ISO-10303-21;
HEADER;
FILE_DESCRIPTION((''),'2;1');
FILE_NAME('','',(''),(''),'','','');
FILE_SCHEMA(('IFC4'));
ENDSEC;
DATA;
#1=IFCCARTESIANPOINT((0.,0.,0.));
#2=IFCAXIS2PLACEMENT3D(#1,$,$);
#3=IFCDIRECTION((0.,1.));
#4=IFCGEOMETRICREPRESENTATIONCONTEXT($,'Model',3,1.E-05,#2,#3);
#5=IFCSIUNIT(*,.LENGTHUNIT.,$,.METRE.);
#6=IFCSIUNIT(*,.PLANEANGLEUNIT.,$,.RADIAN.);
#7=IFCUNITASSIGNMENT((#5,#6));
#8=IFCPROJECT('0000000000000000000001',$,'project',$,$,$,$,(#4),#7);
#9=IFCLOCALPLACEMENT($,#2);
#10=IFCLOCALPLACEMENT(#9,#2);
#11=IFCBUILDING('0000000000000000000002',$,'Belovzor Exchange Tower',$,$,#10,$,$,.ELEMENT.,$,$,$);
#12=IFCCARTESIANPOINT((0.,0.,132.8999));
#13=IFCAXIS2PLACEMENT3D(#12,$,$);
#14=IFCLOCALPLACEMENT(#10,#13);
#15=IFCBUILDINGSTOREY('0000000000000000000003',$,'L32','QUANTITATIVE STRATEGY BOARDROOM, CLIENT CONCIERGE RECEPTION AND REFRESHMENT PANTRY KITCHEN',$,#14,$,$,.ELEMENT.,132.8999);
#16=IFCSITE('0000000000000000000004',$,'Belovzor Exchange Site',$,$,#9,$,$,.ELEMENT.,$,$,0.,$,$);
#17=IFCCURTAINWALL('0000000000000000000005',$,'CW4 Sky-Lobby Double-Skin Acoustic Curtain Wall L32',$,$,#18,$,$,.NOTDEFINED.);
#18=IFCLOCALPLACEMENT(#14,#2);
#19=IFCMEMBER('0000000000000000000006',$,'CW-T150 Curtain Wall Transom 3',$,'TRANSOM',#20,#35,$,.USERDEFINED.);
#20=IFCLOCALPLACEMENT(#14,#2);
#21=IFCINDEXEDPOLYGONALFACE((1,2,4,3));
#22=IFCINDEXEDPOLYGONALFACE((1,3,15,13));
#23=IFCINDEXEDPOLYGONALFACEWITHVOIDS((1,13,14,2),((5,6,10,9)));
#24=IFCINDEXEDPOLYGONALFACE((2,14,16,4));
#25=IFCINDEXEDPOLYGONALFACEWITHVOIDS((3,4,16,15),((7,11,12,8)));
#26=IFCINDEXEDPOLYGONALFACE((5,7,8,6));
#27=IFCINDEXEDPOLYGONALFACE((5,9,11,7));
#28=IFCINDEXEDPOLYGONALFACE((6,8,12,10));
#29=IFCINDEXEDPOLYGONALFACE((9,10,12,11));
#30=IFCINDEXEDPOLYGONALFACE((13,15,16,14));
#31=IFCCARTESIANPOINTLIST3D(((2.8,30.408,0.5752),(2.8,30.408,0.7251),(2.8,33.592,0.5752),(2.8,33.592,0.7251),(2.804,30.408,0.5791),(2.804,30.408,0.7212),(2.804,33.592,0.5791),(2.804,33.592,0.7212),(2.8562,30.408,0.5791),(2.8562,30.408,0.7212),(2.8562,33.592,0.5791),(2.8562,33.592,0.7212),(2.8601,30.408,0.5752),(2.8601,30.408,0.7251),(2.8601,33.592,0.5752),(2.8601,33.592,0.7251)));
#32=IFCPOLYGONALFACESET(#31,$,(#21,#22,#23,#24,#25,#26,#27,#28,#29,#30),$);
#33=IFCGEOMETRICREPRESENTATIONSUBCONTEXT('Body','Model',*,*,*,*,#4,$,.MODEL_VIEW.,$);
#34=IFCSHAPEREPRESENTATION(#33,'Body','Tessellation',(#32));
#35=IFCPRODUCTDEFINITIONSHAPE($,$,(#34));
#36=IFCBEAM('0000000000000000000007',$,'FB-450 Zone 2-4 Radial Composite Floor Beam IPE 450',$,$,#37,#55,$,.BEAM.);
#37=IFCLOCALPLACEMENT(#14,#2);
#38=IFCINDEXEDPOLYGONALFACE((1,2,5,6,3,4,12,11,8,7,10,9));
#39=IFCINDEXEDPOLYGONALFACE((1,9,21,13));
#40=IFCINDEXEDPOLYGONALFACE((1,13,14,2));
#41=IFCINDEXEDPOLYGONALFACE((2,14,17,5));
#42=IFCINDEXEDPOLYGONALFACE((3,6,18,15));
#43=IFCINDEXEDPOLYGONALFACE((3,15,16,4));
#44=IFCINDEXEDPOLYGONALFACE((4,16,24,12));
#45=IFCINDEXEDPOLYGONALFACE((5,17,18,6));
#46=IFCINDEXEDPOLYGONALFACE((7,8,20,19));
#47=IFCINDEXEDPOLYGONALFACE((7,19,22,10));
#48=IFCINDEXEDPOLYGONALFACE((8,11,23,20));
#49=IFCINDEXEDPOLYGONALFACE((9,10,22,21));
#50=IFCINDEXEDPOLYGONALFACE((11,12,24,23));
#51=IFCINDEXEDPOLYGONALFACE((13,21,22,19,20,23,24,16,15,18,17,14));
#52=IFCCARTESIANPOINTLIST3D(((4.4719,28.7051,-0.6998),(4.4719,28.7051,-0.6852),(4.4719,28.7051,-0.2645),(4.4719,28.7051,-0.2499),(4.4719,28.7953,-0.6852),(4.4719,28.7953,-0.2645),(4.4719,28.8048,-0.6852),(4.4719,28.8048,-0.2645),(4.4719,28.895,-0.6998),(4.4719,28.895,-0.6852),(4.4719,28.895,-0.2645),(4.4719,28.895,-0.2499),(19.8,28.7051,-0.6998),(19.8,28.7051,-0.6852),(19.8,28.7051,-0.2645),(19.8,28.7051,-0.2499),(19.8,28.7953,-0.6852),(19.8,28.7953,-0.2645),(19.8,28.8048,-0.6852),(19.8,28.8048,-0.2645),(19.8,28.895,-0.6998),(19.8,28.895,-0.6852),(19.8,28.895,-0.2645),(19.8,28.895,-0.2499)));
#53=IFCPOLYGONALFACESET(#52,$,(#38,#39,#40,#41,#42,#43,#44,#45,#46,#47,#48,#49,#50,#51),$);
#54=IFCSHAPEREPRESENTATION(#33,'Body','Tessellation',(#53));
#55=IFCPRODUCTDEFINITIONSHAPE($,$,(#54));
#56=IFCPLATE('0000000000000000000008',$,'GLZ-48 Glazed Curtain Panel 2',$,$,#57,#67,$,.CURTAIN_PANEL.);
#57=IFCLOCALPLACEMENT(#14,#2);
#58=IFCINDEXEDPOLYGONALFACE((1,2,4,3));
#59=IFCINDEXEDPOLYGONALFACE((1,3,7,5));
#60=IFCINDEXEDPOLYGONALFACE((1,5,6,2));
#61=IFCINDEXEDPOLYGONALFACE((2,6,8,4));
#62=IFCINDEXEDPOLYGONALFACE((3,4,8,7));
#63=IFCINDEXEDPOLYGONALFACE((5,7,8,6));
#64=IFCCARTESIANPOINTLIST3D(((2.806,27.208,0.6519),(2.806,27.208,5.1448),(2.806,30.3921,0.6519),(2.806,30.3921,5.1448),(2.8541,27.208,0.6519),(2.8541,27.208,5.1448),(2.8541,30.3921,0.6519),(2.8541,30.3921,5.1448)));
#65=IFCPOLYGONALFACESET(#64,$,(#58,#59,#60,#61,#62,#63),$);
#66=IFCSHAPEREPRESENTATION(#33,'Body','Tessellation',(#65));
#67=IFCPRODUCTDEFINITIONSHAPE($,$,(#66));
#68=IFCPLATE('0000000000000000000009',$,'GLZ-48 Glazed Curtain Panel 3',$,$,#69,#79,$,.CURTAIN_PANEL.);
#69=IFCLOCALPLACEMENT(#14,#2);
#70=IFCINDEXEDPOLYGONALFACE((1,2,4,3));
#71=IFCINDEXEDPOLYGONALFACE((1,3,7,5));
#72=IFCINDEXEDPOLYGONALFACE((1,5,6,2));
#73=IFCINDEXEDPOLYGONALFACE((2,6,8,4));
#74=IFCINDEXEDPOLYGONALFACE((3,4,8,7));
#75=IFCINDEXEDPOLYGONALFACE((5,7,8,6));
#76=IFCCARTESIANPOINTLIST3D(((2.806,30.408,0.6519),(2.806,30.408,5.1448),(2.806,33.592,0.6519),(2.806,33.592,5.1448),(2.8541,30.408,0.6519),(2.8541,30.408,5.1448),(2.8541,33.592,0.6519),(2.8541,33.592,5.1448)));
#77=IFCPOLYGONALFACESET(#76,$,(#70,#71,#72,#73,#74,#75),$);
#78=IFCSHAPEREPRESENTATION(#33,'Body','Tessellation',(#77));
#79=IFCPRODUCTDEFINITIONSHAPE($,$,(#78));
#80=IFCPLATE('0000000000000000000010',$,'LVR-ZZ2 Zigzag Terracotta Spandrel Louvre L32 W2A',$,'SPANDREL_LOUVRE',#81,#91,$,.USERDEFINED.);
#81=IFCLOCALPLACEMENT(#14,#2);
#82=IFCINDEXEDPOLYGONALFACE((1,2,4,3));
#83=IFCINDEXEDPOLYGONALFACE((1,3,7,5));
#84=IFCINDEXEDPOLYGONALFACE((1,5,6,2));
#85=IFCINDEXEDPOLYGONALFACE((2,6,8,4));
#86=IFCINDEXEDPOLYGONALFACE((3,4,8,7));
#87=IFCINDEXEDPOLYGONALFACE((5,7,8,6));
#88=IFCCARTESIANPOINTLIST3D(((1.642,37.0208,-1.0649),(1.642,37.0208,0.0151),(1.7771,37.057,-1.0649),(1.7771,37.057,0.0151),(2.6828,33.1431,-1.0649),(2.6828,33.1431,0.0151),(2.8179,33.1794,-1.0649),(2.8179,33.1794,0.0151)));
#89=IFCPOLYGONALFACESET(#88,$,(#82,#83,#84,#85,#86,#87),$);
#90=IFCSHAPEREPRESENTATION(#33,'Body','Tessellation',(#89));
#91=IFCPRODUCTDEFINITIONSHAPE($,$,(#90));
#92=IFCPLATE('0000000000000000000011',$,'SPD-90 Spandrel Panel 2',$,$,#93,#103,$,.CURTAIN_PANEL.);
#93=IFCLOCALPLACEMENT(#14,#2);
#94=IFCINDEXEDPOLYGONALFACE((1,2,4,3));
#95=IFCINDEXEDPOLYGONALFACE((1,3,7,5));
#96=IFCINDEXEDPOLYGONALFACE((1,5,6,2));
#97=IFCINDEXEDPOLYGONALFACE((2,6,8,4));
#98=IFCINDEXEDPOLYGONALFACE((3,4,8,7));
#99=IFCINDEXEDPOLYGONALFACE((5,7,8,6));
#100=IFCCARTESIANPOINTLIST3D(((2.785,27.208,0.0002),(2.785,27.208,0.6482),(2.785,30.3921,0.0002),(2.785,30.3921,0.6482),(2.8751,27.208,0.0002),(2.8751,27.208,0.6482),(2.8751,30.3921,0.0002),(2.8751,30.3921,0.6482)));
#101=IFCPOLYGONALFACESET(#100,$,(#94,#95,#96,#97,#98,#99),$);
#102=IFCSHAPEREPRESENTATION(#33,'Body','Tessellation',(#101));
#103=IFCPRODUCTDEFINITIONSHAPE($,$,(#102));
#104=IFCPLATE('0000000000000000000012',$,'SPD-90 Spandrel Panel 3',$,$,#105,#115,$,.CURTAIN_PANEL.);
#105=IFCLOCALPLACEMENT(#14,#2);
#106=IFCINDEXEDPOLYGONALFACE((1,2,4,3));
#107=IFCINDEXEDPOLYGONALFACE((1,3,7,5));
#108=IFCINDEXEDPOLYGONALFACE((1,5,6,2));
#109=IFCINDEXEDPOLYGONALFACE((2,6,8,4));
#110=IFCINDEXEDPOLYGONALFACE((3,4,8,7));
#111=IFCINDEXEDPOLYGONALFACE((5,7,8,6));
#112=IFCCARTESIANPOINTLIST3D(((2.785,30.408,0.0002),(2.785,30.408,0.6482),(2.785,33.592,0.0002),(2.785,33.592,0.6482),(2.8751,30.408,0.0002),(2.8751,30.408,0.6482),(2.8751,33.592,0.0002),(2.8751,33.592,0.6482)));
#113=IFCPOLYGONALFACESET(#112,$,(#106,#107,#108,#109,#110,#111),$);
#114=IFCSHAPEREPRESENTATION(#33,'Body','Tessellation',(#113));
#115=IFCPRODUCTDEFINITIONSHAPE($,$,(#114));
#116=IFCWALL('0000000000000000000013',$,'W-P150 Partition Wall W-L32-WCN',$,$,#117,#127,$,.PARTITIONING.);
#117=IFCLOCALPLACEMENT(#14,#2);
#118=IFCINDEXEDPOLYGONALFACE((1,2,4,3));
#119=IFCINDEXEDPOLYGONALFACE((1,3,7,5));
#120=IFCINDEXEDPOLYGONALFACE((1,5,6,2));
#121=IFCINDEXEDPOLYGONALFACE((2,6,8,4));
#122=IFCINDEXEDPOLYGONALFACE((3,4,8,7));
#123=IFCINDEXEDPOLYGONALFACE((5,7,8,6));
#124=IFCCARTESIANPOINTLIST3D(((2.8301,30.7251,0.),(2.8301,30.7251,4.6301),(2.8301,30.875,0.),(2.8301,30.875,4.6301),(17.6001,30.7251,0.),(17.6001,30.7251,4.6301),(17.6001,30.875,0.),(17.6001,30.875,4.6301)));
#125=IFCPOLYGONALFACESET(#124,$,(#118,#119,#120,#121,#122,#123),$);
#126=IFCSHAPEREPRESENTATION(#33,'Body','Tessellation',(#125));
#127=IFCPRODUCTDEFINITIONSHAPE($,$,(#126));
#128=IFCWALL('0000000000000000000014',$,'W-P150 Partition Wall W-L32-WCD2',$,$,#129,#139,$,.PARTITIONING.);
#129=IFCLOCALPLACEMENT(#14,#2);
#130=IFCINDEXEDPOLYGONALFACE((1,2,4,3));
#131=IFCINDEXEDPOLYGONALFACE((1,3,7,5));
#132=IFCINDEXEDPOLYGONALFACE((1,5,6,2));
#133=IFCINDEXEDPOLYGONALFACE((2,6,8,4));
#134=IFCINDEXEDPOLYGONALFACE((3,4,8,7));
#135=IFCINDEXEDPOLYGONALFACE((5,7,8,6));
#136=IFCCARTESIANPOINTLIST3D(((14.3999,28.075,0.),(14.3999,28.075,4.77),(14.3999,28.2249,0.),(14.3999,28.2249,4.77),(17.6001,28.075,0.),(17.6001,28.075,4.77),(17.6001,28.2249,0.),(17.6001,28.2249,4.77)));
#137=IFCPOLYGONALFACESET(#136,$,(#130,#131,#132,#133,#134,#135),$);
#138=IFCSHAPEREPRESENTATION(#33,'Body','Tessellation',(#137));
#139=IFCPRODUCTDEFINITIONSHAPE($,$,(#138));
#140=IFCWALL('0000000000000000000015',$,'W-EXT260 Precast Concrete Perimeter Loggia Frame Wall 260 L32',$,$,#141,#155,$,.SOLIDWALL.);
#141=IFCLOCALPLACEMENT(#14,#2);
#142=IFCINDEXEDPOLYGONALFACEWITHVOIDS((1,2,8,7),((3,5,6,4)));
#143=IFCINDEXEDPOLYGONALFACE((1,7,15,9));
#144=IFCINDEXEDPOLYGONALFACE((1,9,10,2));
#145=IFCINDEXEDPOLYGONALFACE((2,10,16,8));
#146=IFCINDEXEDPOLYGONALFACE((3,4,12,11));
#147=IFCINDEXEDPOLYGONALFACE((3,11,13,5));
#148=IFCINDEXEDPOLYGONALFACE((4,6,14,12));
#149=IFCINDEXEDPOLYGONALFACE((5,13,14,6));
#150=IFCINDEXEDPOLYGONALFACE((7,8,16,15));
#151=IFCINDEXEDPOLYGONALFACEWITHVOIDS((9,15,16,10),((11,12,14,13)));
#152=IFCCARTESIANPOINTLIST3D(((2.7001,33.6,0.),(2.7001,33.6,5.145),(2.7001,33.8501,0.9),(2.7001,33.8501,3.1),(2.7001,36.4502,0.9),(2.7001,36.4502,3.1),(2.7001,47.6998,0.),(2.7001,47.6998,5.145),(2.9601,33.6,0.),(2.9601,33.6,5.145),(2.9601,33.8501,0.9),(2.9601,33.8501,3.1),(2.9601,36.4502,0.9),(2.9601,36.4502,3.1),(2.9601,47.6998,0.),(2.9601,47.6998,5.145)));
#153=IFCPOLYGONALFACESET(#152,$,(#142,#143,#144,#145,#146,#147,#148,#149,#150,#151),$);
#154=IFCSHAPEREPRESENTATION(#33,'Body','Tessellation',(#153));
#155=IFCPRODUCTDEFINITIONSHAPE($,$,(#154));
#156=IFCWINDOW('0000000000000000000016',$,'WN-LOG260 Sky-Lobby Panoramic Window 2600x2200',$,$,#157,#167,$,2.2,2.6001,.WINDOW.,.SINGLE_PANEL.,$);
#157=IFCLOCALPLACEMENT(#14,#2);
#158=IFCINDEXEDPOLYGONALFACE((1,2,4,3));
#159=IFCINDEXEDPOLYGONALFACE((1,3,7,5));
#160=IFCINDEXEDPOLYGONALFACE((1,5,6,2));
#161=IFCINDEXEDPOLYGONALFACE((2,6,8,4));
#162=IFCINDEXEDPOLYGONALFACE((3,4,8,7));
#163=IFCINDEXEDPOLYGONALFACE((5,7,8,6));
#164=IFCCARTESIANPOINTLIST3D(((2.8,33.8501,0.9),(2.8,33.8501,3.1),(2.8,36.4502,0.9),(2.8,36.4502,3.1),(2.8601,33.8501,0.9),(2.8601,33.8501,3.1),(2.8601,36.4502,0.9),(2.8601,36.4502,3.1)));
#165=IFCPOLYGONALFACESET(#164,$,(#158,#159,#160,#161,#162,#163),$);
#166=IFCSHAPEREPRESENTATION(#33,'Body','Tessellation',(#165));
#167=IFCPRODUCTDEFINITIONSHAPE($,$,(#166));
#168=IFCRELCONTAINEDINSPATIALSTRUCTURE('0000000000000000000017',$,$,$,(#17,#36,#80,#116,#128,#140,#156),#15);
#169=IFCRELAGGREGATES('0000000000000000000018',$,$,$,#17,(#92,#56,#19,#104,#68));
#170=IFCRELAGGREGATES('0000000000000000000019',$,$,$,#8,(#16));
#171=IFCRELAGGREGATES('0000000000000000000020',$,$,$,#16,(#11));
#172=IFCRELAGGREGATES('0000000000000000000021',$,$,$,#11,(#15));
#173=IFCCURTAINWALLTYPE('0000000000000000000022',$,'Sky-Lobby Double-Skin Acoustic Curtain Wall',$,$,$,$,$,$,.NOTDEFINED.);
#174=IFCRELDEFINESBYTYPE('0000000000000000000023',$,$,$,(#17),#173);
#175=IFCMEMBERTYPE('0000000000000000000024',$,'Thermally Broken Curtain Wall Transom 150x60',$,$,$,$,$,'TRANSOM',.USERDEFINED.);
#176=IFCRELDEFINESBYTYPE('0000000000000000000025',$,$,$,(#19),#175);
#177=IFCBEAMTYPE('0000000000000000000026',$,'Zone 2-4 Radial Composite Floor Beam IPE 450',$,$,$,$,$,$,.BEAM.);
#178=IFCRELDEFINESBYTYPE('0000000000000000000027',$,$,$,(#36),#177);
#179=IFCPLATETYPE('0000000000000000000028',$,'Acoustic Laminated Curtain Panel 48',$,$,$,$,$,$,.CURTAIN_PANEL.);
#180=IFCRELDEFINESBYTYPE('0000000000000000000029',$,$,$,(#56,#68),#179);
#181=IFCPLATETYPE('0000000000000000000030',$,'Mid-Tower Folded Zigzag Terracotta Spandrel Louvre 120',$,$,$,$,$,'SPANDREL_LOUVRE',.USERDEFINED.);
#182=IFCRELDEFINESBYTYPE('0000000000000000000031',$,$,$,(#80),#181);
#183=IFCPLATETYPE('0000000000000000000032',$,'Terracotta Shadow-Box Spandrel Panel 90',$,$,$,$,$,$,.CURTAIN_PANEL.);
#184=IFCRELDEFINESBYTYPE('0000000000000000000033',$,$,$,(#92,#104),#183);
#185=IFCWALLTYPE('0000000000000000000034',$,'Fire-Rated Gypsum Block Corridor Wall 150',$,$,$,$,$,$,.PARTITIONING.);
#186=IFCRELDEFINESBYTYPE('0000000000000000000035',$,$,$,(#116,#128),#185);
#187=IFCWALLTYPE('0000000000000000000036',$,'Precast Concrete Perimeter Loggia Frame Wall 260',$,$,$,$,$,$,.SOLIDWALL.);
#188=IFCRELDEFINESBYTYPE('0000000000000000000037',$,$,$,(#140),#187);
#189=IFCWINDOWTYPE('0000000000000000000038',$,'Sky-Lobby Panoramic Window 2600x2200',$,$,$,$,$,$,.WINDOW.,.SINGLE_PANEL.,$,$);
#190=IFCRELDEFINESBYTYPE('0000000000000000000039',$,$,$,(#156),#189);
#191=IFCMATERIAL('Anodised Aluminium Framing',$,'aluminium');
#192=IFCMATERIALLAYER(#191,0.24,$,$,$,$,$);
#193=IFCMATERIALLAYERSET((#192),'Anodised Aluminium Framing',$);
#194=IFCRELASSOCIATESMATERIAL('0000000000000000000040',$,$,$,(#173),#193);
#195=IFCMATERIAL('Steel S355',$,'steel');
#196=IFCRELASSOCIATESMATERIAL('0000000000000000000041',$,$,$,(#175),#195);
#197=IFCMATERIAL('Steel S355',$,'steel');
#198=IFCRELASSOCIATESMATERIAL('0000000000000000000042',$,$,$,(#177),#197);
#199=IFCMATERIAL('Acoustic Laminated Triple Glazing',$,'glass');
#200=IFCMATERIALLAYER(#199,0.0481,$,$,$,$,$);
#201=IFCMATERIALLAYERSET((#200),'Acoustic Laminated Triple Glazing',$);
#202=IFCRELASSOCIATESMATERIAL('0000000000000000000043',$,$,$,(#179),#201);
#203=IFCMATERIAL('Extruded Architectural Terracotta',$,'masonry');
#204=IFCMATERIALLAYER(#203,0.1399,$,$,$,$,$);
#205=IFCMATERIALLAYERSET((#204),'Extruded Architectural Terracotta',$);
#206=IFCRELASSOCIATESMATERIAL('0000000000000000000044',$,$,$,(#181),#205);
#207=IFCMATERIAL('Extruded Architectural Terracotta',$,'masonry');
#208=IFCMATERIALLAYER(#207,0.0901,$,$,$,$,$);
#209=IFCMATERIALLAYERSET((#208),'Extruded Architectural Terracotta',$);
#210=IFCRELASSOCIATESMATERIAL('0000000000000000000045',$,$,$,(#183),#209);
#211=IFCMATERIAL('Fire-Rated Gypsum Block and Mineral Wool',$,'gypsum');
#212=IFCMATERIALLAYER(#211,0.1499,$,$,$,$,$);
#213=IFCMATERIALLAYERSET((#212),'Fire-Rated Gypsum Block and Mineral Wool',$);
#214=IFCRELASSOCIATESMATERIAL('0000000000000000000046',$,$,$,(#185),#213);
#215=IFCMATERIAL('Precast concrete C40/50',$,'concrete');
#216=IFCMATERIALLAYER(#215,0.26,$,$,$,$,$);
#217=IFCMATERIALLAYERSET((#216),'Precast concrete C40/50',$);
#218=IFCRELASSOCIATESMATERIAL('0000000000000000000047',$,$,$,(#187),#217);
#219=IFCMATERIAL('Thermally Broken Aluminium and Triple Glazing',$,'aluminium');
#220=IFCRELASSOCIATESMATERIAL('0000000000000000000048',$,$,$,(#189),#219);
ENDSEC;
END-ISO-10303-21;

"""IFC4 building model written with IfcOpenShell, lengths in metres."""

from ifc_helpers import new_model, si_unit, direction, frame, frame_2d, origin, origin_2d, place, context, subcontext, project, spatial, rectangle, hollow_rectangle, i_section, extrude, material, layer, layer_set, material_profile, profile_set, type_object, element, fill, aggregate, save


model = new_model("IFC4")

# Units and contexts
model_context = context("Model", 3, precision=1e-05, world=origin(), true_north=direction((0.0, 1.0)))
body_context = subcontext(model_context, "Body", "Model", "MODEL_VIEW")
ifc_project = project(units=[si_unit("LENGTHUNIT", "METRE"), si_unit("PLANEANGLEUNIT", "RADIAN")], contexts=[model_context])

# Site, building, storey
site_placement = place(None, origin())
site = spatial("IfcSite", under=ifc_project, at=site_placement, Name="Belovzor Exchange Site", CompositionType="ELEMENT", RefElevation=0.0)
building_placement = place(site_placement, origin())
building = spatial("IfcBuilding", under=site, at=building_placement, Name="Belovzor Exchange Tower", CompositionType="ELEMENT")
storey_placement = place(building_placement, frame((0.0, 0.0, 132.8999)))
storey = spatial("IfcBuildingStorey", under=building, at=storey_placement, Name="L32", Description="QUANTITATIVE STRATEGY BOARDROOM, CLIENT CONCIERGE RECEPTION AND REFRESHMENT PANTRY KITCHEN", CompositionType="ELEMENT", Elevation=132.8999)

# Curtain wall, member
ifc_material_1 = material(Name="Anodised Aluminium Framing", Category="aluminium")
ifc_layer_1 = layer(ifc_material_1, 0.24)
ifc_layer_set_1 = layer_set([ifc_layer_1], Name="Anodised Aluminium Framing")
curtain_wall_type = type_object("IfcCurtainWallType", Name="Sky-Lobby Double-Skin Acoustic Curtain Wall", PredefinedType="NOTDEFINED", material=ifc_layer_set_1)
curtain_wall_placement = place(storey_placement, origin())
curtain_wall = element("IfcCurtainWall", 1, at=curtain_wall_placement, inside=storey, type_object=curtain_wall_type, Name="CW4 Sky-Lobby Double-Skin Acoustic Curtain Wall L32", PredefinedType="NOTDEFINED")
ifc_material_2 = material(Name="Steel S355", Category="steel")
ifc_material_profile_1 = material_profile(ifc_material_2, hollow_rectangle(XDim=0.0601, YDim=0.1499, WallThickness=0.0039, at=origin_2d()))
ifc_profile_set_1 = profile_set([ifc_material_profile_1], Name="Steel S355")
member_type_1 = type_object("IfcMemberType", Name="Thermally Broken Curtain Wall Transom 150x60", ElementType="TRANSOM", PredefinedType="USERDEFINED", material=ifc_profile_set_1)
member_1_placement = place(storey_placement, frame((2.8301, 30.408, 0.6501), z_axis=(0.0, 1.0, 0.0), x_axis=(-1.0, 0.0, 0.0)))
member_1 = element("IfcMember", 2, at=member_1_placement, type_object=member_type_1, Name="CW-T150 Curtain Wall Transom 3", ObjectType="TRANSOM", PredefinedType="USERDEFINED", context=body_context, shape_type="SweptSolid", body=[
    extrude(hollow_rectangle(XDim=0.0601, YDim=0.1499, WallThickness=0.0039, at=origin_2d()), origin(), (0.0, 0.0, 1.0), 3.1841),
])

# Beam
ifc_material_3 = material(Name="Steel S355", Category="steel")
ifc_material_profile_2 = material_profile(ifc_material_3, i_section(OverallWidth=0.1899, OverallDepth=0.45, WebThickness=0.0095, FlangeThickness=0.0146, at=origin_2d()))
ifc_profile_set_2 = profile_set([ifc_material_profile_2], Name="Steel S355")
beam_type_1 = type_object("IfcBeamType", Name="Zone 2-4 Radial Composite Floor Beam IPE 450", PredefinedType="BEAM", material=ifc_profile_set_2)
beam_1_placement = place(storey_placement, frame((19.8, 28.8, -0.4749), z_axis=(-1.0, 0.0, 0.0), x_axis=(0.0, -1.0, 0.0)))
element("IfcBeam", 3, at=beam_1_placement, inside=storey, type_object=beam_type_1, Name="FB-450 Zone 2-4 Radial Composite Floor Beam IPE 450", PredefinedType="BEAM", context=body_context, shape_type="SweptSolid", body=[
    extrude(i_section(OverallWidth=0.1899, OverallDepth=0.45, WebThickness=0.0095, FlangeThickness=0.0146, at=origin_2d()), origin(), (0.0, 0.0, 1.0), 15.3281),
])

# Plates
ifc_material_4 = material(Name="Acoustic Laminated Triple Glazing", Category="glass")
ifc_layer_2 = layer(ifc_material_4, 0.0481)
ifc_layer_set_2 = layer_set([ifc_layer_2], Name="Acoustic Laminated Triple Glazing")
plate_type_1 = type_object("IfcPlateType", Name="Acoustic Laminated Curtain Panel 48", PredefinedType="CURTAIN_PANEL", material=ifc_layer_set_2)
plate_1_placement = place(storey_placement, frame((2.8301, 28.8, 0.6519), z_axis=(0.0, 0.0, 1.0), x_axis=(0.0, 1.0, 0.0)))
plate_1 = element("IfcPlate", 4, at=plate_1_placement, type_object=plate_type_1, Name="GLZ-48 Glazed Curtain Panel 2", PredefinedType="CURTAIN_PANEL", context=body_context, shape_type="SweptSolid", body=[
    extrude(rectangle(XDim=3.1841, YDim=0.0481, at=origin_2d()), origin(), (0.0, 0.0, 1.0), 4.4929),
])
plate_2_placement = place(storey_placement, frame((2.8301, 32.0, 0.6519), z_axis=(0.0, 0.0, 1.0), x_axis=(0.0, 1.0, 0.0)))
plate_2 = element("IfcPlate", 5, at=plate_2_placement, type_object=plate_type_1, Name="GLZ-48 Glazed Curtain Panel 3", PredefinedType="CURTAIN_PANEL", context=body_context, shape_type="SweptSolid", body=[
    extrude(rectangle(XDim=3.1841, YDim=0.0481, at=origin_2d()), origin(), (0.0, 0.0, 1.0), 4.4929),
])
ifc_material_5 = material(Name="Extruded Architectural Terracotta", Category="masonry")
ifc_layer_3 = layer(ifc_material_5, 0.1399)
ifc_layer_set_3 = layer_set([ifc_layer_3], Name="Extruded Architectural Terracotta")
plate_type_2 = type_object("IfcPlateType", Name="Mid-Tower Folded Zigzag Terracotta Spandrel Louvre 120", ElementType="SPANDREL_LOUVRE", PredefinedType="USERDEFINED", material=ifc_layer_set_3)
plate_3_placement = place(storey_placement, frame((2.23, 35.1001, -1.0649), z_axis=(0.0, 0.0, 1.0), x_axis=(-0.25924, 0.965813, 0.0)))
element("IfcPlate", 6, at=plate_3_placement, inside=storey, type_object=plate_type_2, Name="LVR-ZZ2 Zigzag Terracotta Spandrel Louvre L32 W2A", ObjectType="SPANDREL_LOUVRE", PredefinedType="USERDEFINED", context=body_context, shape_type="SweptSolid", body=[
    extrude(rectangle(XDim=4.0149, YDim=0.1399, at=origin_2d()), origin(), (0.0, 0.0, 1.0), 1.0801),
])
ifc_material_6 = material(Name="Extruded Architectural Terracotta", Category="masonry")
ifc_layer_4 = layer(ifc_material_6, 0.0901)
ifc_layer_set_4 = layer_set([ifc_layer_4], Name="Extruded Architectural Terracotta")
plate_type_3 = type_object("IfcPlateType", Name="Terracotta Shadow-Box Spandrel Panel 90", PredefinedType="CURTAIN_PANEL", material=ifc_layer_set_4)
plate_4_placement = place(storey_placement, frame((2.8301, 28.8, 0.0002), z_axis=(0.0, 0.0, 1.0), x_axis=(0.0, 1.0, 0.0)))
plate_4 = element("IfcPlate", 7, at=plate_4_placement, type_object=plate_type_3, Name="SPD-90 Spandrel Panel 2", PredefinedType="CURTAIN_PANEL", context=body_context, shape_type="SweptSolid", body=[
    extrude(rectangle(XDim=3.1841, YDim=0.0901, at=origin_2d()), origin(), (0.0, 0.0, 1.0), 0.6479),
])
plate_5_placement = place(storey_placement, frame((2.8301, 32.0, 0.0002), z_axis=(0.0, 0.0, 1.0), x_axis=(0.0, 1.0, 0.0)))
plate_5 = element("IfcPlate", 8, at=plate_5_placement, type_object=plate_type_3, Name="SPD-90 Spandrel Panel 3", PredefinedType="CURTAIN_PANEL", context=body_context, shape_type="SweptSolid", body=[
    extrude(rectangle(XDim=3.1841, YDim=0.0901, at=origin_2d()), origin(), (0.0, 0.0, 1.0), 0.6479),
])
aggregate(curtain_wall, [plate_4, plate_1, member_1, plate_5, plate_2])

# Walls
ifc_material_7 = material(Name="Fire-Rated Gypsum Block and Mineral Wool", Category="gypsum")
ifc_layer_5 = layer(ifc_material_7, 0.1499)
ifc_layer_set_5 = layer_set([ifc_layer_5], Name="Fire-Rated Gypsum Block and Mineral Wool")
wall_type_1 = type_object("IfcWallType", Name="Fire-Rated Gypsum Block Corridor Wall 150", PredefinedType="PARTITIONING", material=ifc_layer_set_5)
wall_1_placement = place(storey_placement, frame((2.8301, 30.8, 0.0), z_axis=(0.0, 0.0, 1.0), x_axis=(1.0, 0.0, 0.0)))
element("IfcWall", 9, at=wall_1_placement, inside=storey, type_object=wall_type_1, Name="W-P150 Partition Wall W-L32-WCN", PredefinedType="PARTITIONING", context=body_context, shape_type="SweptSolid", body=[
    extrude(rectangle(XDim=14.77, YDim=0.1499, at=frame_2d((7.385, 0.0))), origin(), (0.0, 0.0, 1.0), 4.6301),
])
wall_2_placement = place(storey_placement, frame((14.3999, 28.1499, 0.0), z_axis=(0.0, 0.0, 1.0), x_axis=(1.0, 0.0, 0.0)))
element("IfcWall", 10, at=wall_2_placement, inside=storey, type_object=wall_type_1, Name="W-P150 Partition Wall W-L32-WCD2", PredefinedType="PARTITIONING", context=body_context, shape_type="SweptSolid", body=[
    extrude(rectangle(XDim=3.2002, YDim=0.1499, at=frame_2d((1.6001, 0.0))), origin(), (0.0, 0.0, 1.0), 4.77),
])

# Wall, opening, window
ifc_material_8 = material(Name="Precast concrete C40/50", Category="concrete")
ifc_layer_6 = layer(ifc_material_8, 0.26)
ifc_layer_set_6 = layer_set([ifc_layer_6], Name="Precast concrete C40/50")
wall_type_2 = type_object("IfcWallType", Name="Precast Concrete Perimeter Loggia Frame Wall 260", PredefinedType="SOLIDWALL", material=ifc_layer_set_6)
wall_3_placement = place(storey_placement, frame((2.8301, 33.6001, 0.0), z_axis=(0.0, 0.0, 1.0), x_axis=(0.0, 1.0, 0.0)))
wall_3 = element("IfcWall", 11, at=wall_3_placement, inside=storey, type_object=wall_type_2, Name="W-EXT260 Precast Concrete Perimeter Loggia Frame Wall 260 L32", PredefinedType="SOLIDWALL", context=body_context, shape_type="SweptSolid", body=[
    extrude(rectangle(XDim=14.0999, YDim=0.26, at=frame_2d((7.0498, 0.0))), origin(), (0.0, 0.0, 1.0), 5.145),
])
opening_placement = place(wall_3_placement, frame((0.25, 0.0, 0.8999)))
opening = element("IfcOpeningElement", 12, at=opening_placement, cuts=wall_3, PredefinedType="OPENING", context=body_context, shape_type="SweptSolid", body=[
    extrude(rectangle(XDim=2.6001, YDim=2.2, at=frame_2d((1.3, 1.1001))), frame((0.0, 0.1399, 0.0), z_axis=(0.0, -1.0, 0.0), x_axis=(1.0, 0.0, 0.0)), (0.0, 0.0, 1.0), 0.28),
])
ifc_material_9 = material(Name="Thermally Broken Aluminium and Triple Glazing", Category="aluminium")
window_type = type_object("IfcWindowType", Name="Sky-Lobby Panoramic Window 2600x2200", PartitioningType="SINGLE_PANEL", PredefinedType="WINDOW", material=ifc_material_9)
window_placement = place(opening_placement, origin())
window = element("IfcWindow", 13, at=window_placement, inside=storey, type_object=window_type, Name="WN-LOG260 Sky-Lobby Panoramic Window 2600x2200", OverallHeight=2.2, OverallWidth=2.6001, PartitioningType="SINGLE_PANEL", PredefinedType="WINDOW", context=body_context, shape_type="SweptSolid", body=[
    extrude(rectangle(XDim=2.6001, YDim=2.2, at=frame_2d((1.3, 1.1001))), frame((0.0, 0.03, 0.0), z_axis=(0.0, -1.0, 0.0), x_axis=(1.0, 0.0, 0.0)), (0.0, 0.0, 1.0), 0.0601),
])
fill(opening, window)

save(model, "model.ifc")
